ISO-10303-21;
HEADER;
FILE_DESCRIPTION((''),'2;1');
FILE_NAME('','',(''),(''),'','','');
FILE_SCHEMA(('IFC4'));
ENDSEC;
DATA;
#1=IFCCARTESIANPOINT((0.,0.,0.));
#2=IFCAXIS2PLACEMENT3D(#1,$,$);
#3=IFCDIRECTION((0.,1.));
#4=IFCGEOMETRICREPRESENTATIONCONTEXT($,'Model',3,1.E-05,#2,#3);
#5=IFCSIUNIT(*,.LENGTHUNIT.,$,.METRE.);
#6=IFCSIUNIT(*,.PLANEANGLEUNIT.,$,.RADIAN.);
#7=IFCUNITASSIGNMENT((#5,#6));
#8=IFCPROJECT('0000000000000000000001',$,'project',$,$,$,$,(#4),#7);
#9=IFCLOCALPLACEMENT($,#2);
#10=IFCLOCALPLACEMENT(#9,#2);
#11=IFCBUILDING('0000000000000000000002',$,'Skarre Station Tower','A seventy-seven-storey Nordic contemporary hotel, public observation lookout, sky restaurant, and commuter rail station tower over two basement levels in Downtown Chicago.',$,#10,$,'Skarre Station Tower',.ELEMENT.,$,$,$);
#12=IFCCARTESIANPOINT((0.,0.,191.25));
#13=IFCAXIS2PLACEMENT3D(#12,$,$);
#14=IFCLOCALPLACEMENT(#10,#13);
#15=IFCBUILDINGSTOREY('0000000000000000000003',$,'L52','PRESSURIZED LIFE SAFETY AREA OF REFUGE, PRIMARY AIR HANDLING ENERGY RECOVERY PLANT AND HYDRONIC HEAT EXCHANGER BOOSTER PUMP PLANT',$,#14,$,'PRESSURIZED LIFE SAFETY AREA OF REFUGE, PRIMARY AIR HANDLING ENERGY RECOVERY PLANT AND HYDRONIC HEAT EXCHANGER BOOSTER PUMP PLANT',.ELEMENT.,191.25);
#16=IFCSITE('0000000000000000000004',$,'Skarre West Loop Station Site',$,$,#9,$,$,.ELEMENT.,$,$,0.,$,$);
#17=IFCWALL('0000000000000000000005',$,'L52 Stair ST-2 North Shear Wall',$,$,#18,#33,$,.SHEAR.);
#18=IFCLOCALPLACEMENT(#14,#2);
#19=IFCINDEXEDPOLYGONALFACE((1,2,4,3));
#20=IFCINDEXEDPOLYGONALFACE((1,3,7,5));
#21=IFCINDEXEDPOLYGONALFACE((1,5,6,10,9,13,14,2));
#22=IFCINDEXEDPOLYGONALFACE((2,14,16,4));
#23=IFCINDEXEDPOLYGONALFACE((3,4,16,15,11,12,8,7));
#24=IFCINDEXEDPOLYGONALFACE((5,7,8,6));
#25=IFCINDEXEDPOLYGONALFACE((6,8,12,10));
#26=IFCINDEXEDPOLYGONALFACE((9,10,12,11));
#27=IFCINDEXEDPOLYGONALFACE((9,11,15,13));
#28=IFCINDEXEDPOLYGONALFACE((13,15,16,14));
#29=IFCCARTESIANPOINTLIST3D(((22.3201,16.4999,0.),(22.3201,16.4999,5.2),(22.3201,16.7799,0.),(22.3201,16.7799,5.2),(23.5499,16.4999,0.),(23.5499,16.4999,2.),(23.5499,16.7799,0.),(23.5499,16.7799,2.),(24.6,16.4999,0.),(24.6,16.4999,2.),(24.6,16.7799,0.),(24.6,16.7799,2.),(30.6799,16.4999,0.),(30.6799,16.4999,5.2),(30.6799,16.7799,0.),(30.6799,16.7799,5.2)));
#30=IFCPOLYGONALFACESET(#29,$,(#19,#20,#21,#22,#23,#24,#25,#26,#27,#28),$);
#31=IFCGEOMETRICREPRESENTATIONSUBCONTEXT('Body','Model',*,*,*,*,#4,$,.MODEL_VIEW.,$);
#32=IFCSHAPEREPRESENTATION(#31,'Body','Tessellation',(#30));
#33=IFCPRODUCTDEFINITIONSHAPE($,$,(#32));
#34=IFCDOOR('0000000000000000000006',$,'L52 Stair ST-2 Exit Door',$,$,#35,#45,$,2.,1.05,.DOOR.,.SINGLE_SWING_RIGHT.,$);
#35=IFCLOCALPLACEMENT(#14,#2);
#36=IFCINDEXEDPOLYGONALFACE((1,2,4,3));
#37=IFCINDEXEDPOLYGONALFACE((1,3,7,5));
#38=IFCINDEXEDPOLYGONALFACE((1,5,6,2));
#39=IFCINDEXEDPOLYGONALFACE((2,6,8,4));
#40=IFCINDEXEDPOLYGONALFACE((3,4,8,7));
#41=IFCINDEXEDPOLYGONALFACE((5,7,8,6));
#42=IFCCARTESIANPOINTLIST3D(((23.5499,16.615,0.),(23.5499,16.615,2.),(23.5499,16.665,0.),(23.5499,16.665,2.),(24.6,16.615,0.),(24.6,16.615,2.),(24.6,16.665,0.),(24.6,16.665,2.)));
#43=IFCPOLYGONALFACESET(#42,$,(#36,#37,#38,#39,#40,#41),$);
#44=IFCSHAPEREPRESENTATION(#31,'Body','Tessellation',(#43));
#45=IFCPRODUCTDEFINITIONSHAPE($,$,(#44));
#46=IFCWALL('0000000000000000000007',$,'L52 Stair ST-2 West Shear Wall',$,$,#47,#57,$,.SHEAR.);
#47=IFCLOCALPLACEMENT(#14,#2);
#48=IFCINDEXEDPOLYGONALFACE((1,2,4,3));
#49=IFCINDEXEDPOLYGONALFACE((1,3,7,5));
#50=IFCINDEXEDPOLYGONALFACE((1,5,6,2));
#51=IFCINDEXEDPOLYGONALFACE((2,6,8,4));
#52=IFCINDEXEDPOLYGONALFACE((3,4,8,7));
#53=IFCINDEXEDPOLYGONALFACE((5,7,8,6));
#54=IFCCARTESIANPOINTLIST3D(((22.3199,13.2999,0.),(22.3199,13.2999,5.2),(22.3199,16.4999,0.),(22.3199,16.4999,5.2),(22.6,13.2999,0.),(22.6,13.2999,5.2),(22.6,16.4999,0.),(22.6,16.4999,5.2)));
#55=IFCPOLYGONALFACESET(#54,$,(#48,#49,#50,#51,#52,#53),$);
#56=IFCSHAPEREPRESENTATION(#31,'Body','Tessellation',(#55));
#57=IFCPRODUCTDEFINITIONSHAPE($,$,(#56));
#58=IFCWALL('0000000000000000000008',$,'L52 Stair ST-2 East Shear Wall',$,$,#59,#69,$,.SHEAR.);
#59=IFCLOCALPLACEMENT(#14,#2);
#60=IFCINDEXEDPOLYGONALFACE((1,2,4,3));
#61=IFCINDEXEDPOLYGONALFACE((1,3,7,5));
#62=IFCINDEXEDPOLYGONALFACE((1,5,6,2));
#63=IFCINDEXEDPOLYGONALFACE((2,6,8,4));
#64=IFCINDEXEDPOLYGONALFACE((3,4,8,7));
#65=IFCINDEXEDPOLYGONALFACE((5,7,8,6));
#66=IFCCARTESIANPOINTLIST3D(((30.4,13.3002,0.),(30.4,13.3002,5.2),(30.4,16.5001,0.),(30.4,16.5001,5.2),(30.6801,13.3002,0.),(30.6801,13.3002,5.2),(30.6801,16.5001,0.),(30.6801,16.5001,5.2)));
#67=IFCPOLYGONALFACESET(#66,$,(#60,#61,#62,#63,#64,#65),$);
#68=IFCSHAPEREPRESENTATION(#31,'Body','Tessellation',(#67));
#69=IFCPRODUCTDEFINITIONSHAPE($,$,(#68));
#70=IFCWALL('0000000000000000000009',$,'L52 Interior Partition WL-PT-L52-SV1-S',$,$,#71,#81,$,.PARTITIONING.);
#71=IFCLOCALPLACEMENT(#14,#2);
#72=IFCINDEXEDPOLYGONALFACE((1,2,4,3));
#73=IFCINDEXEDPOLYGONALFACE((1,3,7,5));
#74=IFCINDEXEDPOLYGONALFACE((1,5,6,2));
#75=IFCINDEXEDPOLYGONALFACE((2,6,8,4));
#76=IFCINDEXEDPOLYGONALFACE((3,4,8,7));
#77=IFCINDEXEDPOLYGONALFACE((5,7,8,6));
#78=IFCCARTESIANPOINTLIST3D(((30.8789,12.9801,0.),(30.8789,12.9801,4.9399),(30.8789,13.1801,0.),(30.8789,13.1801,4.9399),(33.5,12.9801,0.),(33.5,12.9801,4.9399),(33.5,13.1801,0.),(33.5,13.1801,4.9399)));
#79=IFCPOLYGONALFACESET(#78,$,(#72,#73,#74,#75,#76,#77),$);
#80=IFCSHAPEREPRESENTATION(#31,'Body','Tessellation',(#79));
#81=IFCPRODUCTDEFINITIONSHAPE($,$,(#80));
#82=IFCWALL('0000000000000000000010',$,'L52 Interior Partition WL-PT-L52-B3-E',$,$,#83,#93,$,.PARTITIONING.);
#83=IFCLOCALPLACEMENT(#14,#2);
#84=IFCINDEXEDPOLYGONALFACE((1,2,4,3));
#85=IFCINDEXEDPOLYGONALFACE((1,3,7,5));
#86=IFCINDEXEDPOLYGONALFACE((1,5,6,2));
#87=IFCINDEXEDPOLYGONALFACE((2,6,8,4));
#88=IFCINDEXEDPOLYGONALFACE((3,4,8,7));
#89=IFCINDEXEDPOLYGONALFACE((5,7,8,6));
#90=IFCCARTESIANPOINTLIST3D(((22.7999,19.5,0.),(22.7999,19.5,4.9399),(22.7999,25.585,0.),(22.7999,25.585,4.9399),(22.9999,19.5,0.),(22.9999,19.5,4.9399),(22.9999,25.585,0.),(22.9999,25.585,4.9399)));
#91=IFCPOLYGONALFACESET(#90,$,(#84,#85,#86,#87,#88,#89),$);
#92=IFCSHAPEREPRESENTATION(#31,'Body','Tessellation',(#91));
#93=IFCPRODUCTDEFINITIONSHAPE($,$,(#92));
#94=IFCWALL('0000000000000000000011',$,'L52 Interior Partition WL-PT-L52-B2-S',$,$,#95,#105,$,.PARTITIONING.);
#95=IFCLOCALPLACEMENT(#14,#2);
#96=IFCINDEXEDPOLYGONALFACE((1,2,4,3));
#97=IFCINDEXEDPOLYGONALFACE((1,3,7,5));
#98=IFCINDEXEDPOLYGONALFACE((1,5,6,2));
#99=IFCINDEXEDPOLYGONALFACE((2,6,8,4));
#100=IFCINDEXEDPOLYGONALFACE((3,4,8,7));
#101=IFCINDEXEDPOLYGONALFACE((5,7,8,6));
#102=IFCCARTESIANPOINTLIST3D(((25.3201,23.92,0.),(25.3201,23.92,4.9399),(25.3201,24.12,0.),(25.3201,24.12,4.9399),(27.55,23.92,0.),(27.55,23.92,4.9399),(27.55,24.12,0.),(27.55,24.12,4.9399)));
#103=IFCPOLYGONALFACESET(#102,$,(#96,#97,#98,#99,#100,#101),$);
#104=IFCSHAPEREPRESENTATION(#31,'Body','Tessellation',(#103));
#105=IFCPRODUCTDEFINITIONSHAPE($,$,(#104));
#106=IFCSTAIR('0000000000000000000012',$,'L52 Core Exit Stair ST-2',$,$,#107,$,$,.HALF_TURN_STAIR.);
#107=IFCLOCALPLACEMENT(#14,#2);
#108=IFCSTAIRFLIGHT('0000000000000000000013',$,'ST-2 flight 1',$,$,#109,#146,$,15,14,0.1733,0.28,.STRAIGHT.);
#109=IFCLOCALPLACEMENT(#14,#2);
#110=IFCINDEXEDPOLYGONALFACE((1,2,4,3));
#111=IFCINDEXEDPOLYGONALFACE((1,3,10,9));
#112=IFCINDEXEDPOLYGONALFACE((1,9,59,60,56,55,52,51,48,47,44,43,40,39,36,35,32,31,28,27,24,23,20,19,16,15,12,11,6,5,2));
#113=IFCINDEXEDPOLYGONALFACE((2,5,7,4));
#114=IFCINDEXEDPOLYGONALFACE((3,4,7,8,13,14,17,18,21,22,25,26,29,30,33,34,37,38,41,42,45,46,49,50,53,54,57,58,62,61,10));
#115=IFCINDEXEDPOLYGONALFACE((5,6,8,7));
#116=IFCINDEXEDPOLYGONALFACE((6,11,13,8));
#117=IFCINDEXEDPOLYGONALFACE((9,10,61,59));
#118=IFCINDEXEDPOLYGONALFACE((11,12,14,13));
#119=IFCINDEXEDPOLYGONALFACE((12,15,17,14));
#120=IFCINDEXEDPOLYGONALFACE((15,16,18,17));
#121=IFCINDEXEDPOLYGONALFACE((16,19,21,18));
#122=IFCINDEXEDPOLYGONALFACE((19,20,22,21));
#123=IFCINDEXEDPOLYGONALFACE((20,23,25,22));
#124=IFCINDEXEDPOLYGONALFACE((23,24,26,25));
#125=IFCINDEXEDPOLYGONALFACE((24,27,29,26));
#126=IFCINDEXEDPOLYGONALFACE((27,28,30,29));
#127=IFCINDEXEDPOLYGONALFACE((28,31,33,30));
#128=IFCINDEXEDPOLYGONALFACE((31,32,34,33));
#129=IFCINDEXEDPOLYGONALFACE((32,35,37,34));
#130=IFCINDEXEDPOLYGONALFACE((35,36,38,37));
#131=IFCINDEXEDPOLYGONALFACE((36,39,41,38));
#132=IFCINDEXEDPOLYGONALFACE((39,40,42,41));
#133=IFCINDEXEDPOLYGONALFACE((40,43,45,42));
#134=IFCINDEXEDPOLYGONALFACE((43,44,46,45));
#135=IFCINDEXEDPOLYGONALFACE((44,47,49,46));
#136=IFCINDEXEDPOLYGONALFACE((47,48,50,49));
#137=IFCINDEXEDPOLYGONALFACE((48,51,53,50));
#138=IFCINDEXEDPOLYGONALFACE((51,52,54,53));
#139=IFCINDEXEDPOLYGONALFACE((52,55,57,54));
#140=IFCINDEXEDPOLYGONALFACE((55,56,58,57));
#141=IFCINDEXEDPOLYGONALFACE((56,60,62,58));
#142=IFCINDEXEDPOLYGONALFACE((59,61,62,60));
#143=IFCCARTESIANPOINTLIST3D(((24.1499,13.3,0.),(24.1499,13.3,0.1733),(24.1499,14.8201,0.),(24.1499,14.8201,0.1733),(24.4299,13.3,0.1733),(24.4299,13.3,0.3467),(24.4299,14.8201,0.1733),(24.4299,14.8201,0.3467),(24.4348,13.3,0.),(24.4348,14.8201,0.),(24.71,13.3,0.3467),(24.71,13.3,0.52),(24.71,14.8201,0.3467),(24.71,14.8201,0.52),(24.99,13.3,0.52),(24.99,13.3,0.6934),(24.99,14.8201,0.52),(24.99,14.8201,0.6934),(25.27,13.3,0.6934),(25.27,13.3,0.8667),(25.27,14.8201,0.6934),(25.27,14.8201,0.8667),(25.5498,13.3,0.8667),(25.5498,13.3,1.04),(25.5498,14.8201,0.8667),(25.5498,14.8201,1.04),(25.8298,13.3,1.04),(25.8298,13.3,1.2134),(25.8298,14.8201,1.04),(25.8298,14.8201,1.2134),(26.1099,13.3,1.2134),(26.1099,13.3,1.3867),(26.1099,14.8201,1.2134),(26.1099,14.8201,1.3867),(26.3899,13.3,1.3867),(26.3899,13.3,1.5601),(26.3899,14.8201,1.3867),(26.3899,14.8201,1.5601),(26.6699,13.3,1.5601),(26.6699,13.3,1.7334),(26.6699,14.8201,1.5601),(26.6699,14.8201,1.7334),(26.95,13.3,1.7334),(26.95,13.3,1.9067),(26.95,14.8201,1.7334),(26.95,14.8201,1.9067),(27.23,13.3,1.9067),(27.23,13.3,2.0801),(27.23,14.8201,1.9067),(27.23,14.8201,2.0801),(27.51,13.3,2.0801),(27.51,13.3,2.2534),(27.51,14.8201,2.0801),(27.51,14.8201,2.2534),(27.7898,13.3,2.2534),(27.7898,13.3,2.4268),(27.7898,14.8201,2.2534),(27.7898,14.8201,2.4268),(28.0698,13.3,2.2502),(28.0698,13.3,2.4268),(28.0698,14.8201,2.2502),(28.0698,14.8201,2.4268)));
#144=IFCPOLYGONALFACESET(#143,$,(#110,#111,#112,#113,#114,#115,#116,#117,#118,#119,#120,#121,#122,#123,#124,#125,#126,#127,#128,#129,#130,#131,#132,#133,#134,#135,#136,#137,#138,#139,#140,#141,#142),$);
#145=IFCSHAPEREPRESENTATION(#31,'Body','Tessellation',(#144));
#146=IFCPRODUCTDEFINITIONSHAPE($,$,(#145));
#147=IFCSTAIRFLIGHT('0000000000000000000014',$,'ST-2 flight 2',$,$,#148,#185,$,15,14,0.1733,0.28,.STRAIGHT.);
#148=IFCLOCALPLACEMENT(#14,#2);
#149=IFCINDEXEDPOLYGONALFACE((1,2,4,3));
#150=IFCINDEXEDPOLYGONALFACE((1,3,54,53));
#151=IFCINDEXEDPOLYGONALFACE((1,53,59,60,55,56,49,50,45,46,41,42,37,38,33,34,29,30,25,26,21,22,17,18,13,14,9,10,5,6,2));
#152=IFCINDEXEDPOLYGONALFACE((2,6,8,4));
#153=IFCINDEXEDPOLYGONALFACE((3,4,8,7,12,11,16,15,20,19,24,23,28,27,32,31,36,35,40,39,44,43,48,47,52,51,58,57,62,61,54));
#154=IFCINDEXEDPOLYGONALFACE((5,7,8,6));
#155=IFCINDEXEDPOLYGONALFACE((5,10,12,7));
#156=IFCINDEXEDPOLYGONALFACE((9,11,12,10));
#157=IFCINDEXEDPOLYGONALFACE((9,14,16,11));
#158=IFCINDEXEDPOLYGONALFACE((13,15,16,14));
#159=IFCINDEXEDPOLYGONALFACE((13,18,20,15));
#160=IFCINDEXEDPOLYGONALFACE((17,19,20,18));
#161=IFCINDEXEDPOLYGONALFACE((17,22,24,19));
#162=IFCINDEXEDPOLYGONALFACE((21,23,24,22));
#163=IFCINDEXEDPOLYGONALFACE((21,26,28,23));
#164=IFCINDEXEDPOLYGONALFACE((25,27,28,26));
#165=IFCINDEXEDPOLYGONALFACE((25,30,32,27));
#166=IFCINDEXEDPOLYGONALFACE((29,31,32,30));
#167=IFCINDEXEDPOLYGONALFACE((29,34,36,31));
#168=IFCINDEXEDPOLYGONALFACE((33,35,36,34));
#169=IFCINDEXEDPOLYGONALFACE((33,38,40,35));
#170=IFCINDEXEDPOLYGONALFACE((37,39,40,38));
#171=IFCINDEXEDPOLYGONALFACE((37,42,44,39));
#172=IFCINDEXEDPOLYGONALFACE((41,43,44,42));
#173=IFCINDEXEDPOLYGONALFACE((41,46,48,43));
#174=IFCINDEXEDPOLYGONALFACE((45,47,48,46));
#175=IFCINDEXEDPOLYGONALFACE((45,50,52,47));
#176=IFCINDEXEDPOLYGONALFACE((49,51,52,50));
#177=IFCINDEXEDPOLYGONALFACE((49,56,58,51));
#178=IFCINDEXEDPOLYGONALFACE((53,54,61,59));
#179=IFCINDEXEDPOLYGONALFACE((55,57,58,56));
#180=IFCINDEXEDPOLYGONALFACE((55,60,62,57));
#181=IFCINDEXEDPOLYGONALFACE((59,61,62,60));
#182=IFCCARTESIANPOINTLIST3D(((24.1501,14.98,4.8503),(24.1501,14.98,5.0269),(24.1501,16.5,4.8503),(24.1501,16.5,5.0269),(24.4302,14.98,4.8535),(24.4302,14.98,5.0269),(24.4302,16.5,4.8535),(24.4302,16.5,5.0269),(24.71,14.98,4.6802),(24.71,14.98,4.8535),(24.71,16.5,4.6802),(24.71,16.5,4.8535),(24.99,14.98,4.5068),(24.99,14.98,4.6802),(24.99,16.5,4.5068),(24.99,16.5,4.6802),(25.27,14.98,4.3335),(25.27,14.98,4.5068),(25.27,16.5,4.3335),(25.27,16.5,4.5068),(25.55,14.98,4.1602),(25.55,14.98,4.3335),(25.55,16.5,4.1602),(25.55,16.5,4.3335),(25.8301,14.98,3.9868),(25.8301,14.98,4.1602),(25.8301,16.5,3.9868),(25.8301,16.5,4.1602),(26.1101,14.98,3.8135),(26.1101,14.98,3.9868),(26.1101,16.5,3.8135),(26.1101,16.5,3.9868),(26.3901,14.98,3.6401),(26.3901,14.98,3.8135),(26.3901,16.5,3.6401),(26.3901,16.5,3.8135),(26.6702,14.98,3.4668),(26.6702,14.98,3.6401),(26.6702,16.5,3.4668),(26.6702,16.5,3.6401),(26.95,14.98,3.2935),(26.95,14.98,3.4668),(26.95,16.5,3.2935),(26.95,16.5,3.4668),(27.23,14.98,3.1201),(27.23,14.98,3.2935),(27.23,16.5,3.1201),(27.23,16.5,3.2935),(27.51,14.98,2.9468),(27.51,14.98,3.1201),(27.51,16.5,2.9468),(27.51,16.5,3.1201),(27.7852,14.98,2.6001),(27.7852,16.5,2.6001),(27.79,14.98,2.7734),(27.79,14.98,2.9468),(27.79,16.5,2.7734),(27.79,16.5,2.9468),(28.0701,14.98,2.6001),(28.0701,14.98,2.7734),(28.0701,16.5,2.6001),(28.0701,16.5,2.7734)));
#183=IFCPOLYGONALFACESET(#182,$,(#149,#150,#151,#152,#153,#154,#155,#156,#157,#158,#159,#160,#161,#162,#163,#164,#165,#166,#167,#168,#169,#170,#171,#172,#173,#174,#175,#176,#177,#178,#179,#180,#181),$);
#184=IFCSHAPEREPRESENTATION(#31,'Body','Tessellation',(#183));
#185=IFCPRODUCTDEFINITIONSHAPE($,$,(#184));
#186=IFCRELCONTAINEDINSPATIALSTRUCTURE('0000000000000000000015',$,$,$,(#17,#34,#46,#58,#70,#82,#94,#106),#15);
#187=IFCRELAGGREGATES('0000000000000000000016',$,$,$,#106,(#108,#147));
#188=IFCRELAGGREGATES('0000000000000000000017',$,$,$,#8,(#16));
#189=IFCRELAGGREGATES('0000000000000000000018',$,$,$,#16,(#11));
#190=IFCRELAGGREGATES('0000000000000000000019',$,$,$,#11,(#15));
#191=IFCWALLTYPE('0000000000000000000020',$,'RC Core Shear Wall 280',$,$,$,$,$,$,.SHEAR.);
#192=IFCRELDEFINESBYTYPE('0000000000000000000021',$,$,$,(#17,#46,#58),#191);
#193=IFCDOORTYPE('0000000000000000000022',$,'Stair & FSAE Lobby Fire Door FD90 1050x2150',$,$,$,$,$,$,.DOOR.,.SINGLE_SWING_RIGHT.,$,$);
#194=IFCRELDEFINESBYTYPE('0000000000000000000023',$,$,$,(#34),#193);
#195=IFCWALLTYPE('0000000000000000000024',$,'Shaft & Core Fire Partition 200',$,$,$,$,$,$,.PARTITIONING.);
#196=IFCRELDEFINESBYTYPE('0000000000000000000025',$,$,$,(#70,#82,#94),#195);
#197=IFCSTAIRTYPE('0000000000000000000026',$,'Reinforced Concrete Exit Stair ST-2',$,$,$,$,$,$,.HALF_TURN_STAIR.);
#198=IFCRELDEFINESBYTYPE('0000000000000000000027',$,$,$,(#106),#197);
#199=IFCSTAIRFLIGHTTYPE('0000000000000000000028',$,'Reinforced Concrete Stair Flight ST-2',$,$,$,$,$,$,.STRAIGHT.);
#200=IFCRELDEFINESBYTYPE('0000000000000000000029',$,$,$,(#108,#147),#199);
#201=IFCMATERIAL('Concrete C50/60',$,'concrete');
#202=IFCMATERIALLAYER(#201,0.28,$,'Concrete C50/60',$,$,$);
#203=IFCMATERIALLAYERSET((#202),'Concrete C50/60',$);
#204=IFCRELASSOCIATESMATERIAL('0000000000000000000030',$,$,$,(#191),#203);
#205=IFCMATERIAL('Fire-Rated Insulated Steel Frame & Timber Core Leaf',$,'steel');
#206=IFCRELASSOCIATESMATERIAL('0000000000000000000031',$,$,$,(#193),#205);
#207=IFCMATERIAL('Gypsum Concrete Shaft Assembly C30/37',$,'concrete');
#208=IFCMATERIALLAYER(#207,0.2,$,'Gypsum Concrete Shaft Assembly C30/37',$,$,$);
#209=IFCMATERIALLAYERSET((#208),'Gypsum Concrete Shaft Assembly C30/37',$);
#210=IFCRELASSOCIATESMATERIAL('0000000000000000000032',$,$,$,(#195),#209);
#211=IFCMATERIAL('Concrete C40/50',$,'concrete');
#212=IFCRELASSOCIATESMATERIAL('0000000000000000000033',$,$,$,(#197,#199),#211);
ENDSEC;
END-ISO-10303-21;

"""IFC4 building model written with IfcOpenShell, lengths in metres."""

from ifc_helpers import new_model, si_unit, direction, frame, frame_2d, origin, place, context, subcontext, project, spatial, polyline, rectangle, outline, extrude, material, layer, layer_set, type_object, element, fill, aggregate, save


model = new_model("IFC4")

# Units and contexts
model_context = context("Model", 3, precision=1e-05, world=origin(), true_north=direction((0.0, 1.0)))
body_context = subcontext(model_context, "Body", "Model", "MODEL_VIEW")
ifc_project = project(units=[si_unit("LENGTHUNIT", "METRE"), si_unit("PLANEANGLEUNIT", "RADIAN")], contexts=[model_context])

# Site, building, storey
site_placement = place(None, origin())
site = spatial("IfcSite", under=ifc_project, at=site_placement, Name="Skarre West Loop Station Site", CompositionType="ELEMENT", RefElevation=0.0)
building_placement = place(site_placement, origin())
building = spatial("IfcBuilding", under=site, at=building_placement, Name="Skarre Station Tower", Description="A seventy-seven-storey Nordic contemporary hotel, public observation lookout, sky restaurant, and commuter rail station tower over two basement levels in Downtown Chicago.", LongName="Skarre Station Tower", CompositionType="ELEMENT")
storey_placement = place(building_placement, frame((0.0, 0.0, 191.25)))
storey = spatial("IfcBuildingStorey", under=building, at=storey_placement, Name="L52", Description="PRESSURIZED LIFE SAFETY AREA OF REFUGE, PRIMARY AIR HANDLING ENERGY RECOVERY PLANT AND HYDRONIC HEAT EXCHANGER BOOSTER PUMP PLANT", LongName="PRESSURIZED LIFE SAFETY AREA OF REFUGE, PRIMARY AIR HANDLING ENERGY RECOVERY PLANT AND HYDRONIC HEAT EXCHANGER BOOSTER PUMP PLANT", CompositionType="ELEMENT", Elevation=191.25)

# Shared definitions
ifc_material_1 = material(Name="Concrete C50/60", Category="concrete")

# Shared definitions
ifc_layer_1 = layer(ifc_material_1, 0.28, Name="Concrete C50/60")
ifc_layer_set_1 = layer_set([ifc_layer_1], Name="Concrete C50/60")
wall_type_1 = type_object("IfcWallType", Name="RC Core Shear Wall 280", PredefinedType="SHEAR", material=ifc_layer_set_1)

# Wall, opening, door
wall_1_placement = place(storey_placement, frame((30.6799, 16.6399, 0.0), z_axis=(0.0, 0.0, 1.0), x_axis=(-1.0, 0.0, 0.0)))
wall_1 = element("IfcWall", 1, at=wall_1_placement, inside=storey, type_object=wall_type_1, Name="L52 Stair ST-2 North Shear Wall", PredefinedType="SHEAR", context=body_context, shape_type="SweptSolid", body=[
    extrude(rectangle(XDim=8.3599, YDim=0.28, at=frame_2d((4.1799, 0.0))), origin(), (0.0, 0.0, 1.0), 5.2),
])
opening_placement = place(wall_1_placement, frame((6.0801, 0.0, 0.0)))
opening = element("IfcOpeningElement", 2, at=opening_placement, cuts=wall_1, PredefinedType="OPENING", context=body_context, shape_type="SweptSolid", body=[
    extrude(rectangle(XDim=1.05, YDim=2.0, at=frame_2d((0.5249, 1.0))), frame((0.0, 0.1499, 0.0), z_axis=(0.0, -1.0, 0.0), x_axis=(1.0, 0.0, 0.0)), (0.0, 0.0, 1.0), 0.3),
])
ifc_material_2 = material(Name="Fire-Rated Insulated Steel Frame & Timber Core Leaf", Category="steel")
door_type = type_object("IfcDoorType", Name="Stair & FSAE Lobby Fire Door FD90 1050x2150", OperationType="SINGLE_SWING_RIGHT", PredefinedType="DOOR", material=ifc_material_2)
door_placement = place(opening_placement, origin())
door = element("IfcDoor", 3, at=door_placement, inside=storey, type_object=door_type, Name="L52 Stair ST-2 Exit Door", OperationType="SINGLE_SWING_RIGHT", OverallHeight=2.0, OverallWidth=1.05, PredefinedType="DOOR", context=body_context, shape_type="SweptSolid", body=[
    extrude(rectangle(XDim=1.05, YDim=2.0, at=frame_2d((0.5249, 1.0))), frame((0.0, 0.0249, 0.0), z_axis=(0.0, -1.0, 0.0), x_axis=(1.0, 0.0, 0.0)), (0.0, 0.0, 1.0), 0.05),
])
fill(opening, door)

# Walls
for number, where, z_axis, x_axis, name in (
    (4, (22.46, 16.5, 0.0), (0.0, 0.0, 1.0), (0.0, -1.0, 0.0), "L52 Stair ST-2 West Shear Wall"),
    (5, (30.54, 13.3, 0.0), (0.0, 0.0, 1.0), (0.0, 1.0, 0.0), "L52 Stair ST-2 East Shear Wall"),
):
    element("IfcWall", number, at=place(storey_placement, frame(where, z_axis=z_axis, x_axis=x_axis)), inside=storey, type_object=wall_type_1, Name=name, PredefinedType="SHEAR", context=body_context, shape_type="SweptSolid", body=[
        extrude(rectangle(XDim=3.2, YDim=0.28, at=frame_2d((1.6001, 0.0))), origin(), (0.0, 0.0, 1.0), 5.2),
    ])
ifc_material_3 = material(Name="Gypsum Concrete Shaft Assembly C30/37", Category="concrete")
ifc_layer_2 = layer(ifc_material_3, 0.2, Name="Gypsum Concrete Shaft Assembly C30/37")
ifc_layer_set_2 = layer_set([ifc_layer_2], Name="Gypsum Concrete Shaft Assembly C30/37")
wall_type_2 = type_object("IfcWallType", Name="Shaft & Core Fire Partition 200", PredefinedType="PARTITIONING", material=ifc_layer_set_2)
wall_2_placement = place(storey_placement, frame((30.8789, 13.0801, 0.0), z_axis=(0.0, 0.0, 1.0), x_axis=(1.0, 0.0, 0.0)))
element("IfcWall", 6, at=wall_2_placement, inside=storey, type_object=wall_type_2, Name="L52 Interior Partition WL-PT-L52-SV1-S", PredefinedType="PARTITIONING", context=body_context, shape_type="SweptSolid", body=[
    extrude(rectangle(XDim=2.6211, YDim=0.2, at=frame_2d((1.3105, 0.0))), origin(), (0.0, 0.0, 1.0), 4.9399),
])
wall_3_placement = place(storey_placement, frame((22.8999, 19.5, 0.0), z_axis=(0.0, 0.0, 1.0), x_axis=(0.0, 1.0, 0.0)))
element("IfcWall", 7, at=wall_3_placement, inside=storey, type_object=wall_type_2, Name="L52 Interior Partition WL-PT-L52-B3-E", PredefinedType="PARTITIONING", context=body_context, shape_type="SweptSolid", body=[
    extrude(rectangle(XDim=6.085, YDim=0.2, at=frame_2d((3.0425, 0.0))), origin(), (0.0, 0.0, 1.0), 4.9399),
])
wall_4_placement = place(storey_placement, frame((25.3201, 24.02, 0.0), z_axis=(0.0, 0.0, 1.0), x_axis=(1.0, 0.0, 0.0)))
element("IfcWall", 8, at=wall_4_placement, inside=storey, type_object=wall_type_2, Name="L52 Interior Partition WL-PT-L52-B2-S", PredefinedType="PARTITIONING", context=body_context, shape_type="SweptSolid", body=[
    extrude(rectangle(XDim=2.23, YDim=0.2, at=frame_2d((1.115, 0.0))), origin(), (0.0, 0.0, 1.0), 4.9399),
])

# Stair, stair flights
ifc_material_4 = material(Name="Concrete C40/50", Category="concrete")
stair_type = type_object("IfcStairType", Name="Reinforced Concrete Exit Stair ST-2", PredefinedType="HALF_TURN_STAIR", material=ifc_material_4)
stair_placement = place(storey_placement, origin())
stair = element("IfcStair", 9, at=stair_placement, inside=storey, type_object=stair_type, Name="L52 Core Exit Stair ST-2", PredefinedType="HALF_TURN_STAIR")
stair_flight_type = type_object("IfcStairFlightType", Name="Reinforced Concrete Stair Flight ST-2", PredefinedType="STRAIGHT", material=ifc_material_4)
stair_flight_1_placement = place(storey_placement, frame((24.1499, 14.0601, 0.0), z_axis=(0.0, 0.0, 1.0), x_axis=(1.0, 0.0, 0.0)))
stair_flight_1 = element("IfcStairFlight", 10, at=stair_flight_1_placement, type_object=stair_flight_type, Name="ST-2 flight 1", NumberOfRisers=15, NumberOfTreads=14, PredefinedType="STRAIGHT", RiserHeight=0.1733, TreadLength=0.28, context=body_context, shape_type="SweptSolid", body=[
    extrude(outline(polyline([(0.0, 0.0), (0.0, 0.1733), (0.28, 0.1733), (0.28, 0.3467), (0.5601, 0.3467), (0.5601, 0.52), (0.8401, 0.52), (0.8401, 0.6934), (1.1201, 0.6934), (1.1201, 0.8667), (1.3999, 0.8667), (1.3999, 1.04), (1.6799, 1.04), (1.6799, 1.2134), (1.96, 1.2134), (1.96, 1.3867), (2.24, 1.3867), (2.24, 1.5601), (2.52, 1.5601), (2.52, 1.7334), (2.8, 1.7334), (2.8, 1.9067), (3.0801, 1.9067), (3.0801, 2.0801), (3.3601, 2.0801), (3.3601, 2.2534), (3.6399, 2.2534), (3.6399, 2.4268), (3.9199, 2.4268), (3.9199, 2.6001), (3.9199, 2.2502), (0.2849, 0.0), (0.0, 0.0)])), frame((0.0, 0.76, 0.0), z_axis=(0.0, -1.0, 0.0), x_axis=(1.0, 0.0, 0.0)), (0.0, 0.0, 1.0), 1.52),
])
stair_flight_2_placement = place(storey_placement, frame((28.0701, 15.74, 2.6001), z_axis=(0.0, 0.0, 1.0), x_axis=(-1.0, 0.0, 0.0)))
stair_flight_2 = element("IfcStairFlight", 11, at=stair_flight_2_placement, type_object=stair_flight_type, Name="ST-2 flight 2", NumberOfRisers=15, NumberOfTreads=14, PredefinedType="STRAIGHT", RiserHeight=0.1733, TreadLength=0.28, context=body_context, shape_type="SweptSolid", body=[
    extrude(outline(polyline([(0.0, 0.0), (0.0, 0.1733), (0.28, 0.1733), (0.28, 0.3467), (0.5601, 0.3467), (0.5601, 0.52), (0.8401, 0.52), (0.8401, 0.6934), (1.1201, 0.6934), (1.1201, 0.8667), (1.3999, 0.8667), (1.3999, 1.04), (1.6799, 1.04), (1.6799, 1.2134), (1.96, 1.2134), (1.96, 1.3867), (2.24, 1.3867), (2.24, 1.5601), (2.52, 1.5601), (2.52, 1.7334), (2.8, 1.7334), (2.8, 1.9067), (3.0801, 1.9067), (3.0801, 2.0801), (3.3601, 2.0801), (3.3601, 2.2534), (3.6399, 2.2534), (3.6399, 2.4268), (3.9199, 2.4268), (3.9199, 2.6001), (3.9199, 2.2502), (0.2849, 0.0), (0.0, 0.0)])), frame((0.0, 0.76, 0.0), z_axis=(0.0, -1.0, 0.0), x_axis=(1.0, 0.0, 0.0)), (0.0, 0.0, 1.0), 1.52),
])
aggregate(stair, [stair_flight_1, stair_flight_2])

save(model, "model.ifc")
